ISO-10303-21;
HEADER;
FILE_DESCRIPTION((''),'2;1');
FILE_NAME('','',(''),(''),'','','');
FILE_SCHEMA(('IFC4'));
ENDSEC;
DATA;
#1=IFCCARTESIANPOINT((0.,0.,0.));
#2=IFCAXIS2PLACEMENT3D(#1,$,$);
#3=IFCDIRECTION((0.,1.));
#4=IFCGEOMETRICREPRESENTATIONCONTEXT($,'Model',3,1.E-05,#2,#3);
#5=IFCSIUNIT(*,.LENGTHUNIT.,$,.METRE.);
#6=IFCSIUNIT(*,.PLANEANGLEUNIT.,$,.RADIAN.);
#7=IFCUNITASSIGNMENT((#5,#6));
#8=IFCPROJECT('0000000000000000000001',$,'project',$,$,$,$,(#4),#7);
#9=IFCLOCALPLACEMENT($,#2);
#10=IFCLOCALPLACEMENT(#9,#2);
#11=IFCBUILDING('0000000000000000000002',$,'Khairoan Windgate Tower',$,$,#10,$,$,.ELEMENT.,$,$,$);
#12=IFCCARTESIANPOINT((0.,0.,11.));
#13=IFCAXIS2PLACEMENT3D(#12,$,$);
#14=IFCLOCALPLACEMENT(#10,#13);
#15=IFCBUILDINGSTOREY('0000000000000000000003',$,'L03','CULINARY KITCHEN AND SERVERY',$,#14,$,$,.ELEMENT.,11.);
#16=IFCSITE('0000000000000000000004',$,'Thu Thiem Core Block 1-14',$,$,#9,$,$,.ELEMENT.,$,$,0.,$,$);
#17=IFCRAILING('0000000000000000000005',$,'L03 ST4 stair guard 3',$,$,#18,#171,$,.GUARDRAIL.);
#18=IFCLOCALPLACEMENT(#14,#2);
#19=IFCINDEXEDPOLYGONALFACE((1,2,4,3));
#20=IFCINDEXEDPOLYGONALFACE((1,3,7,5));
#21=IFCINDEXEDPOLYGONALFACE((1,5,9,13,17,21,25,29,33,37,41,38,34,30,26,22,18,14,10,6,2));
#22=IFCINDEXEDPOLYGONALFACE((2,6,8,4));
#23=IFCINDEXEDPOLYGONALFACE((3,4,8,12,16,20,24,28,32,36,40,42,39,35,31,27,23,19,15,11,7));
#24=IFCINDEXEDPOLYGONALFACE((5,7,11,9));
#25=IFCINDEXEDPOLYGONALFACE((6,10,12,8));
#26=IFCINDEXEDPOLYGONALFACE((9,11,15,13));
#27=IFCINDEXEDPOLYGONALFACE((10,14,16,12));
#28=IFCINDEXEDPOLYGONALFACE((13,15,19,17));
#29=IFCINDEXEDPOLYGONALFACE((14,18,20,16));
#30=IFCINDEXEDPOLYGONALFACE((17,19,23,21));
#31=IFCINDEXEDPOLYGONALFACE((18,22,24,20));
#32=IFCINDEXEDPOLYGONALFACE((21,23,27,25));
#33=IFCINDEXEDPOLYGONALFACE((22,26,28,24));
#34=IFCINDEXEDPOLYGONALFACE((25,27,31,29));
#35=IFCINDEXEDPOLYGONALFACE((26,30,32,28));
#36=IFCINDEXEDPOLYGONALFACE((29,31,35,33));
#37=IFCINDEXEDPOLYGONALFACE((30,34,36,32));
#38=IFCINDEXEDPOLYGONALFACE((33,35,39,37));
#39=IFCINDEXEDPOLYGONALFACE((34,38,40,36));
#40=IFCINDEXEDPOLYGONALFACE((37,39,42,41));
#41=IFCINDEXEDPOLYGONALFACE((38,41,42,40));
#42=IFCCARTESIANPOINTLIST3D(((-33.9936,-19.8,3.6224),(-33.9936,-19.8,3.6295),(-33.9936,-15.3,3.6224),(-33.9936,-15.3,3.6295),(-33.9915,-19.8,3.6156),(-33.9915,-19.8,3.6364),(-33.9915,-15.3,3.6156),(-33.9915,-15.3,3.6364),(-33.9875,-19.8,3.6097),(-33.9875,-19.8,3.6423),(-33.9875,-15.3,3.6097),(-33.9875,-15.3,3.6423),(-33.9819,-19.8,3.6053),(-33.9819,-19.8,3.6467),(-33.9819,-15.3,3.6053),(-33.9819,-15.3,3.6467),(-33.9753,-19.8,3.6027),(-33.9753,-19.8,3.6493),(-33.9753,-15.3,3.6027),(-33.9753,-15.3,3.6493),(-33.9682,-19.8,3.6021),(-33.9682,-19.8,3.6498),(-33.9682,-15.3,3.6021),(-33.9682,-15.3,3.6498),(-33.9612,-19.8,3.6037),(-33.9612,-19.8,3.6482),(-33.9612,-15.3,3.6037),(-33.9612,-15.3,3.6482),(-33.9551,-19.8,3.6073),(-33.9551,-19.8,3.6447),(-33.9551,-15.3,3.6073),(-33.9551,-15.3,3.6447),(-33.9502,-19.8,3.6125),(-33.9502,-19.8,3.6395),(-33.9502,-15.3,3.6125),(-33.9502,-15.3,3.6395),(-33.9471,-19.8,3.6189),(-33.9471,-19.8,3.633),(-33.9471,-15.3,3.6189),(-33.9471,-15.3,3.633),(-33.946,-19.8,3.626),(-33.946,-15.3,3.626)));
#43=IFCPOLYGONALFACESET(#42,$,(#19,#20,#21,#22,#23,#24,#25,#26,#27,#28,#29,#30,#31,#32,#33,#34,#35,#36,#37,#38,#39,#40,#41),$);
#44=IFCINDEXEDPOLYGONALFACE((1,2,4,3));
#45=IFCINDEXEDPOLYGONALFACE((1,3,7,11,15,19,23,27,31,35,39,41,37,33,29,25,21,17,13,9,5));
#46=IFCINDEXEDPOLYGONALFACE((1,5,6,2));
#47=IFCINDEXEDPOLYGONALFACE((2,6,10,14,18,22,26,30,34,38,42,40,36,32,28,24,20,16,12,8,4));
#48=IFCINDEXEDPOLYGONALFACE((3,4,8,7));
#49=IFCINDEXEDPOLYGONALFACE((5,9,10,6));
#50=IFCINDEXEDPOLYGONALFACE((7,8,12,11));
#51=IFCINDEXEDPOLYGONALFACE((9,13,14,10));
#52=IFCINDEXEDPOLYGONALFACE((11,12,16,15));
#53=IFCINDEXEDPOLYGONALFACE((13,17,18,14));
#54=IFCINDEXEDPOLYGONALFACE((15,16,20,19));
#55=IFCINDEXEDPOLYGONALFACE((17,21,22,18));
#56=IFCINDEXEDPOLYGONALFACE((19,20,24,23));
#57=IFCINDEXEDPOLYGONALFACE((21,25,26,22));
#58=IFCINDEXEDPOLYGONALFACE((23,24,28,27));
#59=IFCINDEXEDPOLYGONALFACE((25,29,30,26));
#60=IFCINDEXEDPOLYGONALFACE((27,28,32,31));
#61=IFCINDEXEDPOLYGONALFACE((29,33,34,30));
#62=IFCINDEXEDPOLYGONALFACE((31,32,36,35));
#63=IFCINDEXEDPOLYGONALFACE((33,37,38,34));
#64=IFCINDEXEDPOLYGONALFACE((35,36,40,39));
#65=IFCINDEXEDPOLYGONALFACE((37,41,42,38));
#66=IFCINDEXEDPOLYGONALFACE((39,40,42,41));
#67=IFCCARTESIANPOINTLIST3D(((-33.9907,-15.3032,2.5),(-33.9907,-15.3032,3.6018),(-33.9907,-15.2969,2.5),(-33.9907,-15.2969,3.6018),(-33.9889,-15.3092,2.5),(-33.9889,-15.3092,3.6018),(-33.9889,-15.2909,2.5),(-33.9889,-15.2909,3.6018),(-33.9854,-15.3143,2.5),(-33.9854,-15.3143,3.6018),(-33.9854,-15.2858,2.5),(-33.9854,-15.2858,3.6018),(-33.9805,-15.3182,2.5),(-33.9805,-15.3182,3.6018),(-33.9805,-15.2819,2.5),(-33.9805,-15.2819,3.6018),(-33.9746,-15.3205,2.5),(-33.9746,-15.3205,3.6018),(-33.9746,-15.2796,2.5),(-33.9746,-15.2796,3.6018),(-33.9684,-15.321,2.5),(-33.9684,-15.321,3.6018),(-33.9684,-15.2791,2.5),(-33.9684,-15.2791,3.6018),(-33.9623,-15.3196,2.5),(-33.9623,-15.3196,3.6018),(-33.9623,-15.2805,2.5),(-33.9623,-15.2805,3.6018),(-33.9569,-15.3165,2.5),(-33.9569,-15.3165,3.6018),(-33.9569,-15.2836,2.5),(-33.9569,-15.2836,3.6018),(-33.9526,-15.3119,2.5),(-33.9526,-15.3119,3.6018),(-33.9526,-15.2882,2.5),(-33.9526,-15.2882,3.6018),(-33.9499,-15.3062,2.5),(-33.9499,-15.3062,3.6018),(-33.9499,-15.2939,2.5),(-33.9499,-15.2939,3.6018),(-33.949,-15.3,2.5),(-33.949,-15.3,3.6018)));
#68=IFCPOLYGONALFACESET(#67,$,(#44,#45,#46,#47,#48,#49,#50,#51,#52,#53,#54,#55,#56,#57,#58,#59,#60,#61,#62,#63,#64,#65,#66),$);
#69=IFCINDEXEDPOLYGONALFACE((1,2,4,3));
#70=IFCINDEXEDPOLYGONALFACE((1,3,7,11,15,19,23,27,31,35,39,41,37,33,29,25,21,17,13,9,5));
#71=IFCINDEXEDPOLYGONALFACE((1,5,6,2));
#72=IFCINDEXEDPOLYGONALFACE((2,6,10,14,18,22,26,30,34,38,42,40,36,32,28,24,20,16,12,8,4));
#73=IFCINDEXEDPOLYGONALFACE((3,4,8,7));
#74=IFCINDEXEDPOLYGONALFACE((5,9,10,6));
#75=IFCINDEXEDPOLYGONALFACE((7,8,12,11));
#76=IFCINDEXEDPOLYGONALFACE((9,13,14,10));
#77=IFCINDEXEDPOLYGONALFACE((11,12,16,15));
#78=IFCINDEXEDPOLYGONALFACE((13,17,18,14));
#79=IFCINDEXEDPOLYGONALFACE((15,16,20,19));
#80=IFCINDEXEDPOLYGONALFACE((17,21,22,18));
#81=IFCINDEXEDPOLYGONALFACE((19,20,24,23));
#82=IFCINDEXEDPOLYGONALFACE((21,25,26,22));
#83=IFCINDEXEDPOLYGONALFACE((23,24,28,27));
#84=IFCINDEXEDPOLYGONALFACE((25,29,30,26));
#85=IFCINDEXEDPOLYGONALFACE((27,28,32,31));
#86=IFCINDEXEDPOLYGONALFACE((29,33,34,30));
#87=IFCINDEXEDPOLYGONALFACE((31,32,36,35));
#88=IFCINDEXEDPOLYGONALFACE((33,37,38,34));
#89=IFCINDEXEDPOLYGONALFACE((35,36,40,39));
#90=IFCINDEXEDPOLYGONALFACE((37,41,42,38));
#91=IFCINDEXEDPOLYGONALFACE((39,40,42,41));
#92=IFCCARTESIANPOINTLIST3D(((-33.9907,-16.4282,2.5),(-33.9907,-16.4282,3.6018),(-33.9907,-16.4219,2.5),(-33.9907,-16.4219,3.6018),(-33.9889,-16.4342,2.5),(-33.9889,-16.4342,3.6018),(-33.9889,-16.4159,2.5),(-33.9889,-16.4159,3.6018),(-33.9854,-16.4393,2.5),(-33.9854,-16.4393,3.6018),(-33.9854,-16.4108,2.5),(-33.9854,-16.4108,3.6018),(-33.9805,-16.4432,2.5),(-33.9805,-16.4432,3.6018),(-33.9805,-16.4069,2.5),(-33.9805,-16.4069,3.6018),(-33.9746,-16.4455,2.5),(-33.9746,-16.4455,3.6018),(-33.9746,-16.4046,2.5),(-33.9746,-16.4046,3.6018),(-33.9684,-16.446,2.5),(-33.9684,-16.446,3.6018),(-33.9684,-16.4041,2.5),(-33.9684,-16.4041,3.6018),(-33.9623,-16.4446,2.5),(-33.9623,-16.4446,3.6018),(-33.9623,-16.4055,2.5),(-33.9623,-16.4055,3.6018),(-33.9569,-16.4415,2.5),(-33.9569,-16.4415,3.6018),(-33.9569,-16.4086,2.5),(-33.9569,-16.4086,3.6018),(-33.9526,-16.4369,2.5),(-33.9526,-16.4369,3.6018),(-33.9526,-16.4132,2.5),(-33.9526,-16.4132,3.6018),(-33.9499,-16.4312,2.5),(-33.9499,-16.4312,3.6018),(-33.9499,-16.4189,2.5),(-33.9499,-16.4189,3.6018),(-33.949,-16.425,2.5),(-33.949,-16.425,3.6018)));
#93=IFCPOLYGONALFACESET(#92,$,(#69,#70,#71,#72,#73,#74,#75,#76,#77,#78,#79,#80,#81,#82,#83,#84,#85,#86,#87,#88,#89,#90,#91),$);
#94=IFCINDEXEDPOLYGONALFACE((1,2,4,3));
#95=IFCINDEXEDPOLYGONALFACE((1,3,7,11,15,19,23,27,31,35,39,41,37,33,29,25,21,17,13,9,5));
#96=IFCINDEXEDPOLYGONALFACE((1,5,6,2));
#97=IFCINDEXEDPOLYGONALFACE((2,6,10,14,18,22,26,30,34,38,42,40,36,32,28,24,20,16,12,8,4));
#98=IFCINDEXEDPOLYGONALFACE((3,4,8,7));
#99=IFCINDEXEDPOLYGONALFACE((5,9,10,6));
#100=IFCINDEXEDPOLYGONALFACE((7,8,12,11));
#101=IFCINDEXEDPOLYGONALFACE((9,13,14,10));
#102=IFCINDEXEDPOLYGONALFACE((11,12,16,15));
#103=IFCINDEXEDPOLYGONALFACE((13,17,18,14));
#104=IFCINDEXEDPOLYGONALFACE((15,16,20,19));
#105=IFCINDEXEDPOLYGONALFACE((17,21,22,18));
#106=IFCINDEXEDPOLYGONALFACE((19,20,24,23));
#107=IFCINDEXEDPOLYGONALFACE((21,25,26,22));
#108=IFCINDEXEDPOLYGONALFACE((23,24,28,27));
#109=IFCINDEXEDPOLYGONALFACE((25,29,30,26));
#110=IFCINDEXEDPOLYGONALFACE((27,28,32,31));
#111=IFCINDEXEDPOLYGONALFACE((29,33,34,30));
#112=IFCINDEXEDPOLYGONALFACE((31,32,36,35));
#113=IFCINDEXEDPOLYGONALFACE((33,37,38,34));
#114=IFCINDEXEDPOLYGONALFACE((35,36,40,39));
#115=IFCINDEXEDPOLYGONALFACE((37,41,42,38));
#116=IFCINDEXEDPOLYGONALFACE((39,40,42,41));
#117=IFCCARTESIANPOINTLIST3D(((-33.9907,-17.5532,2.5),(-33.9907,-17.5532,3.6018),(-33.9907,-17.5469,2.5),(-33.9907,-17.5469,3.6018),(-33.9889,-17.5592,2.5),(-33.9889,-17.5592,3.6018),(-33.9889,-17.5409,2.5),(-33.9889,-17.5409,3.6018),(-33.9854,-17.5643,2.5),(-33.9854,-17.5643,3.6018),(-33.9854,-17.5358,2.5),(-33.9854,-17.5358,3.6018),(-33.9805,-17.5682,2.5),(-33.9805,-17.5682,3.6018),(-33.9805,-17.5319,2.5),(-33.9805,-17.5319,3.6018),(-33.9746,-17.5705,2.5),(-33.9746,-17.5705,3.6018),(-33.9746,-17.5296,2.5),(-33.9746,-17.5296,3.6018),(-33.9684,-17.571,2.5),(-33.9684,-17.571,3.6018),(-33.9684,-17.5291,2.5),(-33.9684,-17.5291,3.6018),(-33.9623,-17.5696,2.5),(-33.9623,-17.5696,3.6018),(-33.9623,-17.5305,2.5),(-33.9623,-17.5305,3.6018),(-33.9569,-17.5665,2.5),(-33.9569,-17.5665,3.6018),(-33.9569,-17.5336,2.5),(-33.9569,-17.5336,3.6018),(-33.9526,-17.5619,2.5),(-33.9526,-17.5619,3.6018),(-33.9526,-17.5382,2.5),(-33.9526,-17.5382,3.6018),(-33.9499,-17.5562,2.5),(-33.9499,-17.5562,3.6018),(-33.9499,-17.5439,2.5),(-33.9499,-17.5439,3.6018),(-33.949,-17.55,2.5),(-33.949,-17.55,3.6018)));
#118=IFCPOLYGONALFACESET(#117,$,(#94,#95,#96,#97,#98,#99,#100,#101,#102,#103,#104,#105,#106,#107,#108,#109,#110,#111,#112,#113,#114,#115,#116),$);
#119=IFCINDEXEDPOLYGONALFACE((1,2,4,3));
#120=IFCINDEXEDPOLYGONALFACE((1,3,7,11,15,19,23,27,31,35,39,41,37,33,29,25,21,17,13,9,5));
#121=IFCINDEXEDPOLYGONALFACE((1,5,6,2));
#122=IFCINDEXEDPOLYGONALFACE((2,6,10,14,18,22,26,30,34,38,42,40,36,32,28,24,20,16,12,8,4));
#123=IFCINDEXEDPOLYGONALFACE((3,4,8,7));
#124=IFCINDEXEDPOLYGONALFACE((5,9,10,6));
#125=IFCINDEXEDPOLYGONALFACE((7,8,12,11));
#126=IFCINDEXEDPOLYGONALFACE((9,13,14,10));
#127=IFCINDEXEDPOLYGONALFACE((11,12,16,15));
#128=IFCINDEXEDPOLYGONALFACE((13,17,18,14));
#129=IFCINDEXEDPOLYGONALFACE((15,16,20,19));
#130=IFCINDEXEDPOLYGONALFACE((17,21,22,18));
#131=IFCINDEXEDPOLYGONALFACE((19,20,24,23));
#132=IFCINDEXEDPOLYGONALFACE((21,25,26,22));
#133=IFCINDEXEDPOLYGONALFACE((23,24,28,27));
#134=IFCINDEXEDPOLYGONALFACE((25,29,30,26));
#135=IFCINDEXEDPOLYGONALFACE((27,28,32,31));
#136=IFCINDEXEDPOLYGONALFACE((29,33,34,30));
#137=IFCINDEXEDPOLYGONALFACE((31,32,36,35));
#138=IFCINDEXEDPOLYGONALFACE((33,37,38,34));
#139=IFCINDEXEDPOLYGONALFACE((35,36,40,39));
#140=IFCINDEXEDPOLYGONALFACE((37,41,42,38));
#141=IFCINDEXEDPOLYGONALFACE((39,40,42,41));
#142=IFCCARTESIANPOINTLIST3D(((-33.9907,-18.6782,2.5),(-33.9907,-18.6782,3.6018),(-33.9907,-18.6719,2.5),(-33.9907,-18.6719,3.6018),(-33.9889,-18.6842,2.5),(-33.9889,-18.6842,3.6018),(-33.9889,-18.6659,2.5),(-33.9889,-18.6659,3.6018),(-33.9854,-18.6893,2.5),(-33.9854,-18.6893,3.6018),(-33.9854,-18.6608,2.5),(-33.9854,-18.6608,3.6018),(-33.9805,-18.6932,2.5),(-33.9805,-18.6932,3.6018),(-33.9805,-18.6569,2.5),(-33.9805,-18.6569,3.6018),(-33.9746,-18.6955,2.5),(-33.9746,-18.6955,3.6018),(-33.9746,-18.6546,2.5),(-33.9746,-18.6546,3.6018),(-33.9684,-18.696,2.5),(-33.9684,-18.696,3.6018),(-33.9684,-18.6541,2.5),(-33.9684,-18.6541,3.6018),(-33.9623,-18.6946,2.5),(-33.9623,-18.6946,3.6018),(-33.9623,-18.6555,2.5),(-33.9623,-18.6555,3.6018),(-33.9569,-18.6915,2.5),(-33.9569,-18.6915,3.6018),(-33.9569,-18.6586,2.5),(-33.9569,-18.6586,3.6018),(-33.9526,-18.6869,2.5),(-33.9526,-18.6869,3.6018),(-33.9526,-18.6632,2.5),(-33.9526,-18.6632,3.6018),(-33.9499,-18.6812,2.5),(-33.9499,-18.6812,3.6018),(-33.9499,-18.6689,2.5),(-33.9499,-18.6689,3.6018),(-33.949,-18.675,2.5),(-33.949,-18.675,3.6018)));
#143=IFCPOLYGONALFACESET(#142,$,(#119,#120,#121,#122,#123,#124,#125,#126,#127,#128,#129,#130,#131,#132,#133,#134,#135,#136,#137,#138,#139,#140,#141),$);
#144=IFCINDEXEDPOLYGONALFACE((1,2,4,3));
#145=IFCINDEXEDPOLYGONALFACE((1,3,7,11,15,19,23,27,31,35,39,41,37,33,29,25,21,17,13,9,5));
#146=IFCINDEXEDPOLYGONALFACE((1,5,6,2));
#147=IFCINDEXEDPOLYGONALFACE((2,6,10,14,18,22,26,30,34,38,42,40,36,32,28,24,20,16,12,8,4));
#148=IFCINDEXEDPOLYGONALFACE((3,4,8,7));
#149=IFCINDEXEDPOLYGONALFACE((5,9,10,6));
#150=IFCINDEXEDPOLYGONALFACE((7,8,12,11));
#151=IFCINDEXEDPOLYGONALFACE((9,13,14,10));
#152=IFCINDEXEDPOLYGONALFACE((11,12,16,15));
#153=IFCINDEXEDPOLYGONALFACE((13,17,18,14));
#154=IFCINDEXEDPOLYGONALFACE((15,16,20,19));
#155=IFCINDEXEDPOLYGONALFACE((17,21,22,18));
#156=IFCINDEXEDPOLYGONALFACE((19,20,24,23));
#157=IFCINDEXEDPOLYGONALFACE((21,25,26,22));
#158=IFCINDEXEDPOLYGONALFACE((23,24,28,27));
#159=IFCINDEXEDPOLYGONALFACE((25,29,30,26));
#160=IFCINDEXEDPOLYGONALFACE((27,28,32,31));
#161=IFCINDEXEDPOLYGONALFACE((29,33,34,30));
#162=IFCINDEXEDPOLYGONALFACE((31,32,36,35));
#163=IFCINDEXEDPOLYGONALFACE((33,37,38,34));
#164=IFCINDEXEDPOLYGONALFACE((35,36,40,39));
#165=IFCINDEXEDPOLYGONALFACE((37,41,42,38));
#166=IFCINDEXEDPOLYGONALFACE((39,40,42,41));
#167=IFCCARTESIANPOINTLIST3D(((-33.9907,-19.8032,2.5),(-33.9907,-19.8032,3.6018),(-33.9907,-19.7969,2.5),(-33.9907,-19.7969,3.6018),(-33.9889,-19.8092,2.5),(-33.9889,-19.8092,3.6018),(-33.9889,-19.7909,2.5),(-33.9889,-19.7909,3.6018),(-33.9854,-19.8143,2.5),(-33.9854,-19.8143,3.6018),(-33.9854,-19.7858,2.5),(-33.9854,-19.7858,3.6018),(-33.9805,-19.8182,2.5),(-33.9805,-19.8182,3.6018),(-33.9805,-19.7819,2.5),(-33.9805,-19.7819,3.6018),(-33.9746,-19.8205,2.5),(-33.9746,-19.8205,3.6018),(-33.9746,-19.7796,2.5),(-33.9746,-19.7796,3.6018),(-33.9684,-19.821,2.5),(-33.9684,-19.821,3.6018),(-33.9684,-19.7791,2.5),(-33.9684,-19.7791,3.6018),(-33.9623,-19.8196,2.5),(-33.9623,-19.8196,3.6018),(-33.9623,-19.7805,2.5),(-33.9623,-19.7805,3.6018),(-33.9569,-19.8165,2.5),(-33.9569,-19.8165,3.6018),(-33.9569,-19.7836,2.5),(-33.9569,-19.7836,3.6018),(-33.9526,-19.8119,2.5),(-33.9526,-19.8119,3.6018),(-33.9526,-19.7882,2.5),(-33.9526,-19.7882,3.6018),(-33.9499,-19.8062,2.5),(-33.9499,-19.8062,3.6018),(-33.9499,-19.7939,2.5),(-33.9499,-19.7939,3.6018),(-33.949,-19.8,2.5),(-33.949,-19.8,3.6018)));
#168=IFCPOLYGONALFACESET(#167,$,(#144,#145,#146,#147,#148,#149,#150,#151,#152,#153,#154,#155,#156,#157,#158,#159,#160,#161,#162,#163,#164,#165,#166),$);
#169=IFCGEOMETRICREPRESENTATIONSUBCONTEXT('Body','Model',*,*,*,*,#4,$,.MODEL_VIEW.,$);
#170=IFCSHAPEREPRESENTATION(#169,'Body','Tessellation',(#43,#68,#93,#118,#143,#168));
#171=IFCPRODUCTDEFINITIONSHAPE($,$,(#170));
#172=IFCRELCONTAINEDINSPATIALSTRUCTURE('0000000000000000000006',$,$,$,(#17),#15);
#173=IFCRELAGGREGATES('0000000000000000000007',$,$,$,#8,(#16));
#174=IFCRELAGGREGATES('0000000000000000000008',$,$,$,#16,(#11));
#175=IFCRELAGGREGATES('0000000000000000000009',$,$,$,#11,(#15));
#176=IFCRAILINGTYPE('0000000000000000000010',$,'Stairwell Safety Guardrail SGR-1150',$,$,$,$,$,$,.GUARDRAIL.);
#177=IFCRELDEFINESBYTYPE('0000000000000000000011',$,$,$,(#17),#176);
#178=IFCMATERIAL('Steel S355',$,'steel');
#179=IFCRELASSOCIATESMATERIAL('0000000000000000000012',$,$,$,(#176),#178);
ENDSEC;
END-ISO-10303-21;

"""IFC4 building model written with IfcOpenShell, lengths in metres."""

from ifc_helpers import new_model, si_unit, direction, frame, origin, origin_2d, place, context, subcontext, project, spatial, circle, extrude, material, type_object, element, save


model = new_model("IFC4")

# Units and contexts
model_context = context("Model", 3, precision=1e-05, world=origin(), true_north=direction((0.0, 1.0)))
body_context = subcontext(model_context, "Body", "Model", "MODEL_VIEW")
ifc_project = project(units=[si_unit("LENGTHUNIT", "METRE"), si_unit("PLANEANGLEUNIT", "RADIAN")], contexts=[model_context])

# Site, building, storey
site_placement = place(None, origin())
site = spatial("IfcSite", under=ifc_project, at=site_placement, Name="Thu Thiem Core Block 1-14", CompositionType="ELEMENT", RefElevation=0.0)
building_placement = place(site_placement, origin())
building = spatial("IfcBuilding", under=site, at=building_placement, Name="Khairoan Windgate Tower", CompositionType="ELEMENT")
storey_placement = place(building_placement, frame((0.0, 0.0, 11.0)))
storey = spatial("IfcBuildingStorey", under=building, at=storey_placement, Name="L03", Description="CULINARY KITCHEN AND SERVERY", CompositionType="ELEMENT", Elevation=11.0)

# Railing
ifc_material_1 = material(Name="Steel S355", Category="steel")
railing_type = type_object("IfcRailingType", Name="Stairwell Safety Guardrail SGR-1150", PredefinedType="GUARDRAIL", material=ifc_material_1)
railing_1_placement = place(storey_placement, frame((-33.97, -15.3, 2.5)))
element("IfcRailing", 1, at=railing_1_placement, inside=storey, type_object=railing_type, Name="L03 ST4 stair guard 3", PredefinedType="GUARDRAIL", context=body_context, shape_type="SweptSolid", body=[
    extrude(circle(Radius=0.0239, at=origin_2d()), frame((0.0, 0.0, 1.126), z_axis=(0.0, -1.0, 0.0), x_axis=(1.0, 0.0, 0.0)), (0.0, 0.0, 1.0), 4.5),
    extrude(circle(Radius=0.021, at=origin_2d()), origin(), (0.0, 0.0, 1.0), 1.1018),
    extrude(circle(Radius=0.021, at=origin_2d()), frame((0.0, -1.125, 0.0)), (0.0, 0.0, 1.0), 1.1018),
    extrude(circle(Radius=0.021, at=origin_2d()), frame((0.0, -2.25, 0.0)), (0.0, 0.0, 1.0), 1.1018),
    extrude(circle(Radius=0.021, at=origin_2d()), frame((0.0, -3.375, 0.0)), (0.0, 0.0, 1.0), 1.1018),
    extrude(circle(Radius=0.021, at=origin_2d()), frame((0.0, -4.5, 0.0)), (0.0, 0.0, 1.0), 1.1018),
])

save(model, "model.ifc")
